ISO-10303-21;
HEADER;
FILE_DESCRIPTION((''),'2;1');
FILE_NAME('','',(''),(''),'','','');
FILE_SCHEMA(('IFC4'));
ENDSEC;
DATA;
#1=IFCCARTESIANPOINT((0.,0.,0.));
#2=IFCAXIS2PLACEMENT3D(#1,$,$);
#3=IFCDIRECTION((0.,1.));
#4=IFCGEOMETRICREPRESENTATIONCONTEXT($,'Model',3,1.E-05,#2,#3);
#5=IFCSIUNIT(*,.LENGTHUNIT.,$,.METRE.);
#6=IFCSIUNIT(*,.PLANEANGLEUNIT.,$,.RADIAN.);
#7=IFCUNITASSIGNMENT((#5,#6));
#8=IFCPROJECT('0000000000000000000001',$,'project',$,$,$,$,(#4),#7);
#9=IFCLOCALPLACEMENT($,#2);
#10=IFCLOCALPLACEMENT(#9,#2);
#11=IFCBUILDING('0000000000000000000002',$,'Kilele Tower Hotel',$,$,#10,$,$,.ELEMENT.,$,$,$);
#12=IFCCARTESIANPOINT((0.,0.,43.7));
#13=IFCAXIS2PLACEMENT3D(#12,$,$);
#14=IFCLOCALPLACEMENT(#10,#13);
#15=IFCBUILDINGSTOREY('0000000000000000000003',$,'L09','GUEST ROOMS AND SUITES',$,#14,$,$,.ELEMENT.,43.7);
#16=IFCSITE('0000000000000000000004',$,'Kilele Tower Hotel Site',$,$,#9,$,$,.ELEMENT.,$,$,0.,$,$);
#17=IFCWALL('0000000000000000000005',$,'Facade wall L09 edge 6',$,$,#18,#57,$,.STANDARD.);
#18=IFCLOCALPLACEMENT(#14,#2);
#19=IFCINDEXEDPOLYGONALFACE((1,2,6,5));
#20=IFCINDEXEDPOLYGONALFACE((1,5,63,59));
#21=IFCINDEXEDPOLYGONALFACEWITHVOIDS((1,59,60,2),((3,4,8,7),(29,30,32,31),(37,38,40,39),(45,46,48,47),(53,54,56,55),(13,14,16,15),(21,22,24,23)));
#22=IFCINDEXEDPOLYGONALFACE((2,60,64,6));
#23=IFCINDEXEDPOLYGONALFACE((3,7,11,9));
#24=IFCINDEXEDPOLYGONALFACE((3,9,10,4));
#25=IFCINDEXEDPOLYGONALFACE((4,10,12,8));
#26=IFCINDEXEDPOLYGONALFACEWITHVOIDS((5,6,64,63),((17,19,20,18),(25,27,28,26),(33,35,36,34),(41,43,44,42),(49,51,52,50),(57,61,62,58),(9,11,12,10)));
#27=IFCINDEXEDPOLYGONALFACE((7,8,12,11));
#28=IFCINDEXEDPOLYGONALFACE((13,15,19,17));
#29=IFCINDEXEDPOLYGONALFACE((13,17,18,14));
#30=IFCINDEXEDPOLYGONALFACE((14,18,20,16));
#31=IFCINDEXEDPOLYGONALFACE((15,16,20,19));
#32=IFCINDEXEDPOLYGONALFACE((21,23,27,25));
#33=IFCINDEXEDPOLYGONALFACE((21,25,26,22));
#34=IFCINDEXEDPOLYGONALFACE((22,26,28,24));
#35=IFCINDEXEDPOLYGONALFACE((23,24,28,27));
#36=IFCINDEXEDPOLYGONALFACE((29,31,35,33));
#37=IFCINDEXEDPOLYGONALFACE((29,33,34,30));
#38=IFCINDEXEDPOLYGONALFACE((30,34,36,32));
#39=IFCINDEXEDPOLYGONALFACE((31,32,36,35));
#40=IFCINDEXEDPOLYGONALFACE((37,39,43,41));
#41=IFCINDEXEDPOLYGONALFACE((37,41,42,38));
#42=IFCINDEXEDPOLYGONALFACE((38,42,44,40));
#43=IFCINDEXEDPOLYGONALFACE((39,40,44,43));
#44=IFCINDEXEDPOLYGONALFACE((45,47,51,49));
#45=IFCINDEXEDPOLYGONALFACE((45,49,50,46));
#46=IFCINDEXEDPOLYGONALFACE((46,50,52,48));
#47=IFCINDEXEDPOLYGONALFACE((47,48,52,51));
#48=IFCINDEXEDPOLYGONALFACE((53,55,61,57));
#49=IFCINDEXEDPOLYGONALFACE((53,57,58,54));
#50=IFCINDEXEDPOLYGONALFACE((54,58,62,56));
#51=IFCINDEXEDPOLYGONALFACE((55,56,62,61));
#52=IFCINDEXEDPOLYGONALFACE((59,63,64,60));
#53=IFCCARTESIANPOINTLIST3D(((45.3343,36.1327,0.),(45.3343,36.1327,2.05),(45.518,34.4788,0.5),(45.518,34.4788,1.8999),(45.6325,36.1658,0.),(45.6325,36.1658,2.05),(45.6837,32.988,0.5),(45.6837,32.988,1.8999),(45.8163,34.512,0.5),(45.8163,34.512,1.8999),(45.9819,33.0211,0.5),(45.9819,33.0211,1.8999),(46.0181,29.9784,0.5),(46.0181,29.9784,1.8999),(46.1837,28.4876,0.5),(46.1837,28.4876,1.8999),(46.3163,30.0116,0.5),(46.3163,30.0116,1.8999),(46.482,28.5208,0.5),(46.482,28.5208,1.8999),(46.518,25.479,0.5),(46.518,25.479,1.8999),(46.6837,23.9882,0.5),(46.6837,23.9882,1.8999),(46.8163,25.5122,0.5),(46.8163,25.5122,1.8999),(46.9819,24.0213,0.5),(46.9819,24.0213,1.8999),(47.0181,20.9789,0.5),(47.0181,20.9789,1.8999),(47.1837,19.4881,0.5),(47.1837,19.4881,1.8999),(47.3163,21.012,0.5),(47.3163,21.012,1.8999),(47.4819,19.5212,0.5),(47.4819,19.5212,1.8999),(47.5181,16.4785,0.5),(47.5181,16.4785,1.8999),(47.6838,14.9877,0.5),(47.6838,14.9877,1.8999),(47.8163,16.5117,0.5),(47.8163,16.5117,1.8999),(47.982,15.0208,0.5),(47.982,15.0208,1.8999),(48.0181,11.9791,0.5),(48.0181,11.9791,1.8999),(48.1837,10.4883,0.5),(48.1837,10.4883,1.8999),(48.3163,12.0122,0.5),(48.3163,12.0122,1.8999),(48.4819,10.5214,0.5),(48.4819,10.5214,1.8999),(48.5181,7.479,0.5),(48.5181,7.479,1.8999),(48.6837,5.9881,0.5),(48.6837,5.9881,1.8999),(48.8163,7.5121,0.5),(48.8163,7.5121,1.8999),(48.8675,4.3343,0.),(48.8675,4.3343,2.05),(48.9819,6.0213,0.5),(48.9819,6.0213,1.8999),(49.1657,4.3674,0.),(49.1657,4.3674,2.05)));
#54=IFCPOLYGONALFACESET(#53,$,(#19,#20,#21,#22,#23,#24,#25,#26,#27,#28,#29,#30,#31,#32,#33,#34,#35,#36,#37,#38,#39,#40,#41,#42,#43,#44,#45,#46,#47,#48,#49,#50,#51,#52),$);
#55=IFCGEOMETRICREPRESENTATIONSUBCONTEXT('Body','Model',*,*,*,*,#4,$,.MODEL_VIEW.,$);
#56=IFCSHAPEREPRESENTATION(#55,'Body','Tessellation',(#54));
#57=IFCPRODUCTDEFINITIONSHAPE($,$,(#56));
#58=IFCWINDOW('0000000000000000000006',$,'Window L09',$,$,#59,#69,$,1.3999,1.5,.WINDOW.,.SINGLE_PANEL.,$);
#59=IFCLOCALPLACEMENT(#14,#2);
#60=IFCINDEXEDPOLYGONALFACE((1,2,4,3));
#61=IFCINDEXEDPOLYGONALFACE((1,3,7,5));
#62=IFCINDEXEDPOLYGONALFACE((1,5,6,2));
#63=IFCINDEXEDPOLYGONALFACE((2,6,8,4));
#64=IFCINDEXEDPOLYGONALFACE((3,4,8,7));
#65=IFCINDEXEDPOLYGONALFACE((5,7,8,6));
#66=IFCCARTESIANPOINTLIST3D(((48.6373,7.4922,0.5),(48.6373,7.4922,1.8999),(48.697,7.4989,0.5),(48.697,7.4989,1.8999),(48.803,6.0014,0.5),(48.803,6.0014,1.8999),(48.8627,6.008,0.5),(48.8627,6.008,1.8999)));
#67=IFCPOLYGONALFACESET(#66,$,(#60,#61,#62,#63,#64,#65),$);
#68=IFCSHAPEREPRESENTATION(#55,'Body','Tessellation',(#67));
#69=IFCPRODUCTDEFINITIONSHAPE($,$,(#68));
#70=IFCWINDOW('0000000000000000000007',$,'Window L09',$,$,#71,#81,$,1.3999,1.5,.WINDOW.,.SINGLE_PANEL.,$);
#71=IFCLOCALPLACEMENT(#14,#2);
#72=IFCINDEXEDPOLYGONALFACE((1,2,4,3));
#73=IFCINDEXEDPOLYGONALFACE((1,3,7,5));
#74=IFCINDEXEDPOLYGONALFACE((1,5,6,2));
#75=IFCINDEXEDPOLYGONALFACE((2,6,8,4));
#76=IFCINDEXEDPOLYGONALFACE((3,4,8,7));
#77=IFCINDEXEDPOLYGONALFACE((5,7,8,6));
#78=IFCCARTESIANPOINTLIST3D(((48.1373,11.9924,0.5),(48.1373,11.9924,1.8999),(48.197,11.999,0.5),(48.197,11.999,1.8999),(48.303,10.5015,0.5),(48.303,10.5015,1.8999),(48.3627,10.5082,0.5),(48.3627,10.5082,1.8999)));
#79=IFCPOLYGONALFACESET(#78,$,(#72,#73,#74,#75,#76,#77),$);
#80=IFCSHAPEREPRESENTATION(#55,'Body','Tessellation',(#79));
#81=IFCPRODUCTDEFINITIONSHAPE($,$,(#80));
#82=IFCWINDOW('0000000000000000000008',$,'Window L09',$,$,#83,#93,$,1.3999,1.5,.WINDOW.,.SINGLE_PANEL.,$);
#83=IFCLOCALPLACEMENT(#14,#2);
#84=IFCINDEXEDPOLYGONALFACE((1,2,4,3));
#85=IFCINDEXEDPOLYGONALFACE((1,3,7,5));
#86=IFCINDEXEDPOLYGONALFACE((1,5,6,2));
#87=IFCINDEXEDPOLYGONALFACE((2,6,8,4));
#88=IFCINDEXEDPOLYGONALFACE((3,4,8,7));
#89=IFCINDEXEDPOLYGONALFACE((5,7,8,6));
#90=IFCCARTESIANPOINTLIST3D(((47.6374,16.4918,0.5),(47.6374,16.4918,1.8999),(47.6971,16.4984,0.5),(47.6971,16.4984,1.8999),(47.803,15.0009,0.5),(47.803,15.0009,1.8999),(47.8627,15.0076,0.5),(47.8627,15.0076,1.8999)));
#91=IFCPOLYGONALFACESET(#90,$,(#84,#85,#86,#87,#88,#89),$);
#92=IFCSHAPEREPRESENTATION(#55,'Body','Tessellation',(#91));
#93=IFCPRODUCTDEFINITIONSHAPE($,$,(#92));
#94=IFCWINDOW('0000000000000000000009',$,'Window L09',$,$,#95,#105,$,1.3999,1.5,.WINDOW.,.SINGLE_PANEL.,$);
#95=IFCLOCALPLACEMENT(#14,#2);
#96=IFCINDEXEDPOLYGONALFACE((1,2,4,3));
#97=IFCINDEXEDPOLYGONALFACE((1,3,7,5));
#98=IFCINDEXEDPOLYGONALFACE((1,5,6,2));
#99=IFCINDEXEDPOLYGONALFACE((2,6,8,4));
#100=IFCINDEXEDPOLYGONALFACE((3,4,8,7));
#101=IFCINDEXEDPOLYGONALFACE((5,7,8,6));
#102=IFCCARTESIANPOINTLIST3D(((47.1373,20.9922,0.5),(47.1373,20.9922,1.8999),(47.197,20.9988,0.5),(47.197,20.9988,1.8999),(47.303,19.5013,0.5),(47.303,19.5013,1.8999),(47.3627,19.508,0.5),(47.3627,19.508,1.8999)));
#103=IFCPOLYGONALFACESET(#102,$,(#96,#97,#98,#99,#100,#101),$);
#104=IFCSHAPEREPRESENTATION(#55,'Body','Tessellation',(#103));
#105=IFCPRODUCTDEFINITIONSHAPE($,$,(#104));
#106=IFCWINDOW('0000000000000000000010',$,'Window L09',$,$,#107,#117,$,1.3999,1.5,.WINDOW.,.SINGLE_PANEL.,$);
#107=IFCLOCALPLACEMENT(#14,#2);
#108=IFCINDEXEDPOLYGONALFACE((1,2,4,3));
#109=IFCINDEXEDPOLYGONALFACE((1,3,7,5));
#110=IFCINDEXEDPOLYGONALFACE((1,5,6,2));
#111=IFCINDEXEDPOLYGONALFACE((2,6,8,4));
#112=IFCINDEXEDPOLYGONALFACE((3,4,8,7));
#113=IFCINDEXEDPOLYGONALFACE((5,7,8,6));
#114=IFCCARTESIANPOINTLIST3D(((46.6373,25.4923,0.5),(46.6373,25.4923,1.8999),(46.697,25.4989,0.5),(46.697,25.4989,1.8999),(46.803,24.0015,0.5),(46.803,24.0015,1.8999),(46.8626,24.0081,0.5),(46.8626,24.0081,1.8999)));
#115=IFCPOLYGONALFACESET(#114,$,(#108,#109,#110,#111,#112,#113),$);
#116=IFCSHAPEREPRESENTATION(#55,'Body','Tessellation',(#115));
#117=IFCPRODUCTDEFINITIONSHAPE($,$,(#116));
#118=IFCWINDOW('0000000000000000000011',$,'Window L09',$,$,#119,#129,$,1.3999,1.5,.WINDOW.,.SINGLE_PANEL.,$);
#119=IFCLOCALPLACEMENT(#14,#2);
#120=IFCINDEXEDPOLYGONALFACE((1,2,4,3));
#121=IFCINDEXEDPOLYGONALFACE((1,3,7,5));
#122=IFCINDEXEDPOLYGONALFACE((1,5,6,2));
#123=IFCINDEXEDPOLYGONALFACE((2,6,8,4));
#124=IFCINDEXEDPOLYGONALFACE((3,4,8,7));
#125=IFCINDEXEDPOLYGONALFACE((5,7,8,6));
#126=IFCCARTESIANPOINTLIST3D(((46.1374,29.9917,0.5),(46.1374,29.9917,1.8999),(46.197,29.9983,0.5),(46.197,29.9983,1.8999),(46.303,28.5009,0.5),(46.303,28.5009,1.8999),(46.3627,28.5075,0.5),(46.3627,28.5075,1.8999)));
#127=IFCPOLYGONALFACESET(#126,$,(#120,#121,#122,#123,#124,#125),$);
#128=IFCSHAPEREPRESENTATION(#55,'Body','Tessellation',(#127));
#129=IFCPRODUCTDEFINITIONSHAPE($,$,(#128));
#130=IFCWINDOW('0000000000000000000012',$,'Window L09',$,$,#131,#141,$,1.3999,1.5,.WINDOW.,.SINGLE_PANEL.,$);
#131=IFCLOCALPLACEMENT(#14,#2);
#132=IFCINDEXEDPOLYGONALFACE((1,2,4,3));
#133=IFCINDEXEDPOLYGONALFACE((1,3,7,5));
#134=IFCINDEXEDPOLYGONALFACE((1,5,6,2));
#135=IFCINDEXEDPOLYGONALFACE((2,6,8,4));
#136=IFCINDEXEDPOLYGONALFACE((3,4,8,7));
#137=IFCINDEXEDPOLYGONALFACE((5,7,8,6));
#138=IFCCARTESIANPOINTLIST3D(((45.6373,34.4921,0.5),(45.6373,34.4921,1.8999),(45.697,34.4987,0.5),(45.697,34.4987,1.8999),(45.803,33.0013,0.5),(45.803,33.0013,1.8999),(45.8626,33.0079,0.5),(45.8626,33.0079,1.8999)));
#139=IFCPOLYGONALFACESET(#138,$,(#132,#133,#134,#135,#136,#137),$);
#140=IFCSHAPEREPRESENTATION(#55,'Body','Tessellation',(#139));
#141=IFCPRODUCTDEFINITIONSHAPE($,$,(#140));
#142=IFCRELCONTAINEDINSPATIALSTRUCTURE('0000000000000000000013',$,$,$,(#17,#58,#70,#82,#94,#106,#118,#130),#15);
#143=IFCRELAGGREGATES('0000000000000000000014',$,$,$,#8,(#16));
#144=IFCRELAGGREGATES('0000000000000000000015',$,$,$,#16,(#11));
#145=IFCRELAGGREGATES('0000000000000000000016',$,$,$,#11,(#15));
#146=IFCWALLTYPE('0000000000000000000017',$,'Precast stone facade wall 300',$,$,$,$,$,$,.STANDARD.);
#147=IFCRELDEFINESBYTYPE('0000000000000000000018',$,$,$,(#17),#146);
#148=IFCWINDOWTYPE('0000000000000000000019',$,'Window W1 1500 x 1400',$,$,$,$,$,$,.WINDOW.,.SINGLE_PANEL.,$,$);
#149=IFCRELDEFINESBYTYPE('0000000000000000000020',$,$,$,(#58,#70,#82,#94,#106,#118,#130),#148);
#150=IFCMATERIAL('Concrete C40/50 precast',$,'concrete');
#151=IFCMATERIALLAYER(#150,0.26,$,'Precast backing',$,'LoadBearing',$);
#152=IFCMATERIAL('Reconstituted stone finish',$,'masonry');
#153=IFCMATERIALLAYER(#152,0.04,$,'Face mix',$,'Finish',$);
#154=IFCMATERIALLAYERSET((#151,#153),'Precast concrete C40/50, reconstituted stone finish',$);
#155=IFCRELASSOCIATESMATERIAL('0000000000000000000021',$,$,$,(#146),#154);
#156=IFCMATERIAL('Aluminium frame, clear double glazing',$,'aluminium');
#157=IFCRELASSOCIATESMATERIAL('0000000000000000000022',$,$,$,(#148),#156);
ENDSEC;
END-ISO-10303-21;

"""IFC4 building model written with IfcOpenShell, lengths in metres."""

from ifc_helpers import new_model, si_unit, direction, frame, frame_2d, origin, place, context, subcontext, project, spatial, rectangle, extrude, material, layer, layer_set, type_object, element, fill, save


model = new_model("IFC4")

# Units and contexts
model_context = context("Model", 3, precision=1e-05, world=origin(), true_north=direction((0.0, 1.0)))
body_context = subcontext(model_context, "Body", "Model", "MODEL_VIEW")
ifc_project = project(units=[si_unit("LENGTHUNIT", "METRE"), si_unit("PLANEANGLEUNIT", "RADIAN")], contexts=[model_context])

# Site, building, storey
site_placement = place(None, origin())
site = spatial("IfcSite", under=ifc_project, at=site_placement, Name="Kilele Tower Hotel Site", CompositionType="ELEMENT", RefElevation=0.0)
building_placement = place(site_placement, origin())
building = spatial("IfcBuilding", under=site, at=building_placement, Name="Kilele Tower Hotel", CompositionType="ELEMENT")
storey_placement = place(building_placement, frame((0.0, 0.0, 43.7)))
storey = spatial("IfcBuildingStorey", under=building, at=storey_placement, Name="L09", Description="GUEST ROOMS AND SUITES", CompositionType="ELEMENT", Elevation=43.7)

# Shared definitions
ifc_material_1 = material(Name="Concrete C40/50 precast", Category="concrete")
ifc_layer_1 = layer(ifc_material_1, 0.26, Name="Precast backing", Category="LoadBearing")
ifc_material_2 = material(Name="Reconstituted stone finish", Category="masonry")
ifc_layer_2 = layer(ifc_material_2, 0.04, Name="Face mix", Category="Finish")
ifc_layer_set_1 = layer_set([ifc_layer_1, ifc_layer_2], Name="Precast concrete C40/50, reconstituted stone finish")
wall_type_1 = type_object("IfcWallType", Name="Precast stone facade wall 300", PredefinedType="STANDARD", material=ifc_layer_set_1)
ifc_material_3 = material(Name="Aluminium frame, clear double glazing", Category="aluminium")
window_type = type_object("IfcWindowType", Name="Window W1 1500 x 1400", PartitioningType="SINGLE_PANEL", PredefinedType="WINDOW", material=ifc_material_3)

# Wall, openings, windows
wall_1_placement = place(storey_placement, frame((49.0166, 4.3508, 0.0), z_axis=(0.0, 0.0, 1.0), x_axis=(-0.110433, 0.993884, 0.0)))
wall_1 = element("IfcWall", 1, at=wall_1_placement, inside=storey, type_object=wall_type_1, Name="Facade wall L09 edge 6", PredefinedType="STANDARD", context=body_context, shape_type="SweptSolid", body=[
    extrude(rectangle(XDim=31.9941, YDim=0.3, at=frame_2d((15.9971, 0.0))), origin(), (0.0, 0.0, 1.0), 2.05),
])
opening_1_placement = place(wall_1_placement, frame((1.6641, 0.0, 0.5)))
opening_1 = element("IfcOpeningElement", 2, at=opening_1_placement, cuts=wall_1, PredefinedType="OPENING", context=body_context, shape_type="SweptSolid", body=[
    extrude(rectangle(XDim=1.5, YDim=1.3999, at=frame_2d((0.75, 0.7))), frame((0.0, 0.1599, 0.0), z_axis=(0.0, -1.0, 0.0), x_axis=(1.0, 0.0, 0.0)), (0.0, 0.0, 1.0), 0.3201),
])
opening_2_placement = place(wall_1_placement, frame((6.1919, 0.0, 0.5)))
opening_2 = element("IfcOpeningElement", 3, at=opening_2_placement, cuts=wall_1, PredefinedType="OPENING", context=body_context, shape_type="SweptSolid", body=[
    extrude(rectangle(XDim=1.5, YDim=1.3999, at=frame_2d((0.75, 0.7))), frame((0.0, 0.1599, 0.0), z_axis=(0.0, -1.0, 0.0), x_axis=(1.0, 0.0, 0.0)), (0.0, 0.0, 1.0), 0.3201),
])
opening_3_placement = place(wall_1_placement, frame((10.719, 0.0, 0.5)))
opening_3 = element("IfcOpeningElement", 4, at=opening_3_placement, cuts=wall_1, PredefinedType="OPENING", context=body_context, shape_type="SweptSolid", body=[
    extrude(rectangle(XDim=1.5, YDim=1.3999, at=frame_2d((0.75, 0.7))), frame((0.0, 0.1599, 0.0), z_axis=(0.0, -1.0, 0.0), x_axis=(1.0, 0.0, 0.0)), (0.0, 0.0, 1.0), 0.3201),
])
opening_4_placement = place(wall_1_placement, frame((15.2471, 0.0, 0.5)))
opening_4 = element("IfcOpeningElement", 5, at=opening_4_placement, cuts=wall_1, PredefinedType="OPENING", context=body_context, shape_type="SweptSolid", body=[
    extrude(rectangle(XDim=1.5, YDim=1.3999, at=frame_2d((0.75, 0.7))), frame((0.0, 0.1599, 0.0), z_axis=(0.0, -1.0, 0.0), x_axis=(1.0, 0.0, 0.0)), (0.0, 0.0, 1.0), 0.3201),
])
opening_5_placement = place(wall_1_placement, frame((19.7749, 0.0, 0.5)))
opening_5 = element("IfcOpeningElement", 6, at=opening_5_placement, cuts=wall_1, PredefinedType="OPENING", context=body_context, shape_type="SweptSolid", body=[
    extrude(rectangle(XDim=1.5, YDim=1.3999, at=frame_2d((0.75, 0.7))), frame((0.0, 0.1599, 0.0), z_axis=(0.0, -1.0, 0.0), x_axis=(1.0, 0.0, 0.0)), (0.0, 0.0, 1.0), 0.3201),
])
opening_6_placement = place(wall_1_placement, frame((24.302, 0.0, 0.5)))
opening_6 = element("IfcOpeningElement", 7, at=opening_6_placement, cuts=wall_1, PredefinedType="OPENING", context=body_context, shape_type="SweptSolid", body=[
    extrude(rectangle(XDim=1.5, YDim=1.3999, at=frame_2d((0.75, 0.7))), frame((0.0, 0.1599, 0.0), z_axis=(0.0, -1.0, 0.0), x_axis=(1.0, 0.0, 0.0)), (0.0, 0.0, 1.0), 0.3201),
])
opening_7_placement = place(wall_1_placement, frame((28.8301, 0.0, 0.5)))
opening_7 = element("IfcOpeningElement", 8, at=opening_7_placement, cuts=wall_1, PredefinedType="OPENING", context=body_context, shape_type="SweptSolid", body=[
    extrude(rectangle(XDim=1.5, YDim=1.3999, at=frame_2d((0.75, 0.7))), frame((0.0, 0.1599, 0.0), z_axis=(0.0, -1.0, 0.0), x_axis=(1.0, 0.0, 0.0)), (0.0, 0.0, 1.0), 0.3201),
])
window_1_placement = place(opening_1_placement, origin())
window_1 = element("IfcWindow", 9, at=window_1_placement, inside=storey, type_object=window_type, Name="Window L09", OverallHeight=1.3999, OverallWidth=1.5, PartitioningType="SINGLE_PANEL", PredefinedType="WINDOW", context=body_context, shape_type="SweptSolid", body=[
    extrude(rectangle(XDim=1.5, YDim=1.3999, at=frame_2d((0.75, 0.7))), frame((0.0, 0.03, 0.0), z_axis=(0.0, -1.0, 0.0), x_axis=(1.0, 0.0, 0.0)), (0.0, 0.0, 1.0), 0.0601),
])
fill(opening_1, window_1)
window_2_placement = place(opening_2_placement, origin())
window_2 = element("IfcWindow", 10, at=window_2_placement, inside=storey, type_object=window_type, Name="Window L09", OverallHeight=1.3999, OverallWidth=1.5, PartitioningType="SINGLE_PANEL", PredefinedType="WINDOW", context=body_context, shape_type="SweptSolid", body=[
    extrude(rectangle(XDim=1.5, YDim=1.3999, at=frame_2d((0.75, 0.7))), frame((0.0, 0.03, 0.0), z_axis=(0.0, -1.0, 0.0), x_axis=(1.0, 0.0, 0.0)), (0.0, 0.0, 1.0), 0.0601),
])
fill(opening_2, window_2)
window_3_placement = place(opening_3_placement, origin())
window_3 = element("IfcWindow", 11, at=window_3_placement, inside=storey, type_object=window_type, Name="Window L09", OverallHeight=1.3999, OverallWidth=1.5, PartitioningType="SINGLE_PANEL", PredefinedType="WINDOW", context=body_context, shape_type="SweptSolid", body=[
    extrude(rectangle(XDim=1.5, YDim=1.3999, at=frame_2d((0.75, 0.7))), frame((0.0, 0.03, 0.0), z_axis=(0.0, -1.0, 0.0), x_axis=(1.0, 0.0, 0.0)), (0.0, 0.0, 1.0), 0.0601),
])
fill(opening_3, window_3)
window_4_placement = place(opening_4_placement, origin())
window_4 = element("IfcWindow", 12, at=window_4_placement, inside=storey, type_object=window_type, Name="Window L09", OverallHeight=1.3999, OverallWidth=1.5, PartitioningType="SINGLE_PANEL", PredefinedType="WINDOW", context=body_context, shape_type="SweptSolid", body=[
    extrude(rectangle(XDim=1.5, YDim=1.3999, at=frame_2d((0.75, 0.7))), frame((0.0, 0.03, 0.0), z_axis=(0.0, -1.0, 0.0), x_axis=(1.0, 0.0, 0.0)), (0.0, 0.0, 1.0), 0.0601),
])
fill(opening_4, window_4)
window_5_placement = place(opening_5_placement, origin())
window_5 = element("IfcWindow", 13, at=window_5_placement, inside=storey, type_object=window_type, Name="Window L09", OverallHeight=1.3999, OverallWidth=1.5, PartitioningType="SINGLE_PANEL", PredefinedType="WINDOW", context=body_context, shape_type="SweptSolid", body=[
    extrude(rectangle(XDim=1.5, YDim=1.3999, at=frame_2d((0.75, 0.7))), frame((0.0, 0.03, 0.0), z_axis=(0.0, -1.0, 0.0), x_axis=(1.0, 0.0, 0.0)), (0.0, 0.0, 1.0), 0.0601),
])
fill(opening_5, window_5)
window_6_placement = place(opening_6_placement, origin())
window_6 = element("IfcWindow", 14, at=window_6_placement, inside=storey, type_object=window_type, Name="Window L09", OverallHeight=1.3999, OverallWidth=1.5, PartitioningType="SINGLE_PANEL", PredefinedType="WINDOW", context=body_context, shape_type="SweptSolid", body=[
    extrude(rectangle(XDim=1.5, YDim=1.3999, at=frame_2d((0.75, 0.7))), frame((0.0, 0.03, 0.0), z_axis=(0.0, -1.0, 0.0), x_axis=(1.0, 0.0, 0.0)), (0.0, 0.0, 1.0), 0.0601),
])
fill(opening_6, window_6)
window_7_placement = place(opening_7_placement, origin())
window_7 = element("IfcWindow", 15, at=window_7_placement, inside=storey, type_object=window_type, Name="Window L09", OverallHeight=1.3999, OverallWidth=1.5, PartitioningType="SINGLE_PANEL", PredefinedType="WINDOW", context=body_context, shape_type="SweptSolid", body=[
    extrude(rectangle(XDim=1.5, YDim=1.3999, at=frame_2d((0.75, 0.7))), frame((0.0, 0.03, 0.0), z_axis=(0.0, -1.0, 0.0), x_axis=(1.0, 0.0, 0.0)), (0.0, 0.0, 1.0), 0.0601),
])
fill(opening_7, window_7)

save(model, "model.ifc")
